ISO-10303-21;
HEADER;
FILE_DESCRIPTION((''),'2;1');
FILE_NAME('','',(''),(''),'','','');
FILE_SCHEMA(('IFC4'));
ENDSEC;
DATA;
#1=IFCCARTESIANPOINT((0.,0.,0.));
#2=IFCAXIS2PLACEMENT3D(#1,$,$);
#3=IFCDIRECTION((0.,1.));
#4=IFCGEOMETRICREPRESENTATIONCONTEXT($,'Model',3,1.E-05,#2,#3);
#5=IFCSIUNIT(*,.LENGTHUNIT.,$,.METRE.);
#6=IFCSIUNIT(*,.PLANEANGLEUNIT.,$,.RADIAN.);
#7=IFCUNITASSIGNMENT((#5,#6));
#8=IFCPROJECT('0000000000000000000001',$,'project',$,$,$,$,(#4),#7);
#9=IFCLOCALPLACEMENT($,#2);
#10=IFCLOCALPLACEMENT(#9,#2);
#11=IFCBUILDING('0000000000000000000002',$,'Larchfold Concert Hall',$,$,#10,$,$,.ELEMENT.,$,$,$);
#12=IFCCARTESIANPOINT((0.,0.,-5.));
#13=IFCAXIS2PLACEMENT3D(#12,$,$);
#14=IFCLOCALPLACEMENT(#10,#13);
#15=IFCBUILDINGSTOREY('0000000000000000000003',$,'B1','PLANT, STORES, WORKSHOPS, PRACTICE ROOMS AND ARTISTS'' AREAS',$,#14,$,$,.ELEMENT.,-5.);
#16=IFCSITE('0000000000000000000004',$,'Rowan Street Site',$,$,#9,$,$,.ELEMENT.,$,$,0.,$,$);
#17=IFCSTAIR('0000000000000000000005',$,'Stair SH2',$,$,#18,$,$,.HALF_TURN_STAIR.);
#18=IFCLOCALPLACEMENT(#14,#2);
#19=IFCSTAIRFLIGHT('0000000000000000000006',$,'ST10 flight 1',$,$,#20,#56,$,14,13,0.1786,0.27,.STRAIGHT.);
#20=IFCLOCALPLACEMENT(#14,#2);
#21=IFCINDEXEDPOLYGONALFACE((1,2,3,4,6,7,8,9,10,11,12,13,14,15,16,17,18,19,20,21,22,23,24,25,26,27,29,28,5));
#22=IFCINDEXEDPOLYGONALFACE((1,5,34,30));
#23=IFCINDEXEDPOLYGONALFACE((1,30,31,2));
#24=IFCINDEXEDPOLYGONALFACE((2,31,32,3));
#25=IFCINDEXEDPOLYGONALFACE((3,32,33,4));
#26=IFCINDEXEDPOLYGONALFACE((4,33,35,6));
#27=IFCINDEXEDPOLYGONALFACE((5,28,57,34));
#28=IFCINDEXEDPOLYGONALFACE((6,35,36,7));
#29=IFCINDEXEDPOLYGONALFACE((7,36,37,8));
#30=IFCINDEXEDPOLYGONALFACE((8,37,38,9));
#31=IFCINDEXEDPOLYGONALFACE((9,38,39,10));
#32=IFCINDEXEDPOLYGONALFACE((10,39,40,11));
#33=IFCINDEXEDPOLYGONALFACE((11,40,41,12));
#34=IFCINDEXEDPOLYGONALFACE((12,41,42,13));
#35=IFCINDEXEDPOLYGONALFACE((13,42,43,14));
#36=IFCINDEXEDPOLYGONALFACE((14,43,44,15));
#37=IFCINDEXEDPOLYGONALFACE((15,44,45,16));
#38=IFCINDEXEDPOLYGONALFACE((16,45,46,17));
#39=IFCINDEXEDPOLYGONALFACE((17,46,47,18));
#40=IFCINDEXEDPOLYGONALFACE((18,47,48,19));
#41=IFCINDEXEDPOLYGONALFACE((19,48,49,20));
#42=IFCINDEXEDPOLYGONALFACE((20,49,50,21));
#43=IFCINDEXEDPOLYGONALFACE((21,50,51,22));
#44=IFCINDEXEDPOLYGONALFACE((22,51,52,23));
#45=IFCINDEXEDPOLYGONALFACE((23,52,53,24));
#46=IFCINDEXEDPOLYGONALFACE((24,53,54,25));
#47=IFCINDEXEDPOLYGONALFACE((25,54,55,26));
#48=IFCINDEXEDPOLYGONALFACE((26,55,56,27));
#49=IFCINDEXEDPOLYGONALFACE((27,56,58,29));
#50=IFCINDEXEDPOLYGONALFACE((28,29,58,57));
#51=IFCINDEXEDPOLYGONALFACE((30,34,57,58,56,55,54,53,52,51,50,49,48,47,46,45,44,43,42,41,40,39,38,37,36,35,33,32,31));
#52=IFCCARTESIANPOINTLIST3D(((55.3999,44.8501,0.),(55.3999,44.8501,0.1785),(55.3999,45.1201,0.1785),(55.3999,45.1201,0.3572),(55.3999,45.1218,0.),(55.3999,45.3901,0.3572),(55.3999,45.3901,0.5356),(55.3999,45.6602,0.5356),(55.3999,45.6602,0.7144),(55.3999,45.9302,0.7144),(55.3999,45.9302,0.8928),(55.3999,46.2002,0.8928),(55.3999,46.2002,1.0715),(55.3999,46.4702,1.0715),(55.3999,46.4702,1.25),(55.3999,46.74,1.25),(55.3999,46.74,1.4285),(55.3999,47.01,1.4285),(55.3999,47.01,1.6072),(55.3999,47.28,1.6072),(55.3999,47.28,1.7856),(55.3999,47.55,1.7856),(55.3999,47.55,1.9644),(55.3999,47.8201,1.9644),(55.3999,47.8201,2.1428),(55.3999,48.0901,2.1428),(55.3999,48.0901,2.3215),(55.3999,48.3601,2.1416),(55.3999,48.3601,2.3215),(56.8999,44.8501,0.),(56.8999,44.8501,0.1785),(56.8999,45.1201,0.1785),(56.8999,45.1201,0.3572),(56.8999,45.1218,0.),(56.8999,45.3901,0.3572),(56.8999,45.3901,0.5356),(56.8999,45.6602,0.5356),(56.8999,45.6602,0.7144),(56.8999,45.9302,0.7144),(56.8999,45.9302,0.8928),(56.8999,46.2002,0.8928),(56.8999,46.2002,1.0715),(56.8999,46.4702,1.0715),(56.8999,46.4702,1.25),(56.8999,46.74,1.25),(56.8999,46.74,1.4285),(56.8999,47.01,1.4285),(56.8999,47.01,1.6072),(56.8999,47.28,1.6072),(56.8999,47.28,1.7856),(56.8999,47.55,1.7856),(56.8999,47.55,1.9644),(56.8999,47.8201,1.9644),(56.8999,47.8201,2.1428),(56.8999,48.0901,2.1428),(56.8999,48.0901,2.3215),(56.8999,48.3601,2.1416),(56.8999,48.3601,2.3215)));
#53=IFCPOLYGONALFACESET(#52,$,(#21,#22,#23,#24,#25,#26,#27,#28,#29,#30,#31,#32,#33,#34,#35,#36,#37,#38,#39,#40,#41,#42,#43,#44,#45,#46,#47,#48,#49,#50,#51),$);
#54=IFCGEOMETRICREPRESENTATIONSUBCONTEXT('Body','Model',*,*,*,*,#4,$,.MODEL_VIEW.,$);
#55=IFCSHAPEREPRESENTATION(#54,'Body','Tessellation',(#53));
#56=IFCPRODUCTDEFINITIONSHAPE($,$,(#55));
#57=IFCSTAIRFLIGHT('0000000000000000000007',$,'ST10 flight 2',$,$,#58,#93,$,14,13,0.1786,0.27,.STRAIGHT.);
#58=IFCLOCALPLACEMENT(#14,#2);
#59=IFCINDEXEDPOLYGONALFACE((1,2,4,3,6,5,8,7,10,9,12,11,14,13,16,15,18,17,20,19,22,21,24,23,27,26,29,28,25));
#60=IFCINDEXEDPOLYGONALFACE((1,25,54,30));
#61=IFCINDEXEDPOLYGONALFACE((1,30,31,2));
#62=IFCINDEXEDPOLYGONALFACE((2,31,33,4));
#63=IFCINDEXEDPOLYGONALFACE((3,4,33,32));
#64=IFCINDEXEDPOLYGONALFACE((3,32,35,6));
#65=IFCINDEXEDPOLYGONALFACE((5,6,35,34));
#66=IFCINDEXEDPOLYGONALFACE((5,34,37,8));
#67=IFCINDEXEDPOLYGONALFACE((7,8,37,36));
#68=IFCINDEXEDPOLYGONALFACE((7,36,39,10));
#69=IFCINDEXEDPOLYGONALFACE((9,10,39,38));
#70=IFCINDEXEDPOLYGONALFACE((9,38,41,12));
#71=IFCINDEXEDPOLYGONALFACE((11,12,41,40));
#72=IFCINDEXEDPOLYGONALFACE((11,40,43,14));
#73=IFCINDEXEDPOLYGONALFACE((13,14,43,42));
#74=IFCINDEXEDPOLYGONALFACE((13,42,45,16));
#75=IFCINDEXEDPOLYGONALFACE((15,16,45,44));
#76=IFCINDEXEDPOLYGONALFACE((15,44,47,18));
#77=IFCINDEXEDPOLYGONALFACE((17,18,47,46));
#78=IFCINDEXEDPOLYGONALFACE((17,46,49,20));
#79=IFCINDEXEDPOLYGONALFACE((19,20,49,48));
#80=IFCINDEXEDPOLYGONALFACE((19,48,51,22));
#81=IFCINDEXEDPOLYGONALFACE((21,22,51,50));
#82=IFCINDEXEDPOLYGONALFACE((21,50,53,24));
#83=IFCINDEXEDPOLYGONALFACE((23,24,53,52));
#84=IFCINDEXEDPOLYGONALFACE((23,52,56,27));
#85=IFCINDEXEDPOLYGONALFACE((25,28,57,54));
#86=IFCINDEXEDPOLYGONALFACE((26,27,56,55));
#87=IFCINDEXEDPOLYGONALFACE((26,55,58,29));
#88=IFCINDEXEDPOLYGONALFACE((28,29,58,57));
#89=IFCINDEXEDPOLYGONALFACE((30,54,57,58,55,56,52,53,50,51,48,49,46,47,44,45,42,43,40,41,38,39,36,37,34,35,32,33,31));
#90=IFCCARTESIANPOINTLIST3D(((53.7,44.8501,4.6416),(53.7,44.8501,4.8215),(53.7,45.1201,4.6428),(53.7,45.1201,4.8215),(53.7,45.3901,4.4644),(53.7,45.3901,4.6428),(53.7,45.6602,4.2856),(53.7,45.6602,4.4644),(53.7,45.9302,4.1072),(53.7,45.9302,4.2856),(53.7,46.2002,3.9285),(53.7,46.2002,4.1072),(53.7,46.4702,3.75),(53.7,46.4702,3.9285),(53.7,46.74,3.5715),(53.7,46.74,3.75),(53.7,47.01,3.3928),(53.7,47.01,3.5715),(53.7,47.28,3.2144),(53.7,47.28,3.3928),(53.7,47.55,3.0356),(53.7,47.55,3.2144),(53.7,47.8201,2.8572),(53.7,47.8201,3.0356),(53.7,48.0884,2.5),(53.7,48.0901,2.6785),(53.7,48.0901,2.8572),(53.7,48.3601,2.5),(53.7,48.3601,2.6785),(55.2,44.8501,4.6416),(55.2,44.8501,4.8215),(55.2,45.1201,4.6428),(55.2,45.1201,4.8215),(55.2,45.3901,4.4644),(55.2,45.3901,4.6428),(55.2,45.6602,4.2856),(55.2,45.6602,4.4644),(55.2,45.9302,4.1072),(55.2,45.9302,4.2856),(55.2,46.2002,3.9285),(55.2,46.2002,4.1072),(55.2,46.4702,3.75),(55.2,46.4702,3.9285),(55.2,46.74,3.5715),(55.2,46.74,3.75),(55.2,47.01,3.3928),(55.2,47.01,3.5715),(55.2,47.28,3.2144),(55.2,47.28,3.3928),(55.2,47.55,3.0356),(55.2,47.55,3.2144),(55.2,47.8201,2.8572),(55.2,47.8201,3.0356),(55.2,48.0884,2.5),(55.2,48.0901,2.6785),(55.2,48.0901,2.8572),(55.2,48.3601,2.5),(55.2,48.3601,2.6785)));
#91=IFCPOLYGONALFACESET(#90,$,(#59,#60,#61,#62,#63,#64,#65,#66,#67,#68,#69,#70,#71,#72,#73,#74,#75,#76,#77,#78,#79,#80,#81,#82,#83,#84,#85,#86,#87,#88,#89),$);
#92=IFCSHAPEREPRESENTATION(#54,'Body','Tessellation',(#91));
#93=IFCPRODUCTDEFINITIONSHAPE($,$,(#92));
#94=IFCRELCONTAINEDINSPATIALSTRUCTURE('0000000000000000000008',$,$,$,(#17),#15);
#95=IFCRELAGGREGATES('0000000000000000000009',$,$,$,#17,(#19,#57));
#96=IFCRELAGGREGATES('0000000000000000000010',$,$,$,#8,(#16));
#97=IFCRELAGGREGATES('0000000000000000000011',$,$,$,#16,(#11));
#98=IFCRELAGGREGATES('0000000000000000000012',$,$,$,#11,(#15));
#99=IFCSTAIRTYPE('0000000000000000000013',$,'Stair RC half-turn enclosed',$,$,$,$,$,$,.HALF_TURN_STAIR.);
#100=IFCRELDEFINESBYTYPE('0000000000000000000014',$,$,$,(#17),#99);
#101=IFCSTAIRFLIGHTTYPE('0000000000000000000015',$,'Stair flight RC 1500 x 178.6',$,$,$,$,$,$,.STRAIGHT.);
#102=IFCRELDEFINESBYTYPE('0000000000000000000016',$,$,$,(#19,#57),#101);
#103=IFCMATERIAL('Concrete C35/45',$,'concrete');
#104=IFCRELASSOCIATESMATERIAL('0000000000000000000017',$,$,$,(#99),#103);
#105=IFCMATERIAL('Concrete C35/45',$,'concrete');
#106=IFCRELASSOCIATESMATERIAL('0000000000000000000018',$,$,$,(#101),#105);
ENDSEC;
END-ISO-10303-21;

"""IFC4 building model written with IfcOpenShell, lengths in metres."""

from ifc_helpers import new_model, si_unit, direction, frame, origin, place, context, subcontext, project, spatial, polyline, outline, extrude, material, type_object, element, aggregate, save


model = new_model("IFC4")

# Units and contexts
model_context = context("Model", 3, precision=1e-05, world=origin(), true_north=direction((0.0, 1.0)))
body_context = subcontext(model_context, "Body", "Model", "MODEL_VIEW")
ifc_project = project(units=[si_unit("LENGTHUNIT", "METRE"), si_unit("PLANEANGLEUNIT", "RADIAN")], contexts=[model_context])

# Site, building, storey
site_placement = place(None, origin())
site = spatial("IfcSite", under=ifc_project, at=site_placement, Name="Rowan Street Site", CompositionType="ELEMENT", RefElevation=0.0)
building_placement = place(site_placement, origin())
building = spatial("IfcBuilding", under=site, at=building_placement, Name="Larchfold Concert Hall", CompositionType="ELEMENT")
storey_placement = place(building_placement, frame((0.0, 0.0, -5.0)))
storey = spatial("IfcBuildingStorey", under=building, at=storey_placement, Name="B1", Description="PLANT, STORES, WORKSHOPS, PRACTICE ROOMS AND ARTISTS' AREAS", CompositionType="ELEMENT", Elevation=-5.0)

# Stair, stair flights
ifc_material_1 = material(Name="Concrete C35/45", Category="concrete")
stair_type = type_object("IfcStairType", Name="Stair RC half-turn enclosed", PredefinedType="HALF_TURN_STAIR", material=ifc_material_1)
stair_placement = place(storey_placement, origin())
stair = element("IfcStair", 1, at=stair_placement, inside=storey, type_object=stair_type, Name="Stair SH2", PredefinedType="HALF_TURN_STAIR")
ifc_material_2 = material(Name="Concrete C35/45", Category="concrete")
stair_flight_type = type_object("IfcStairFlightType", Name="Stair flight RC 1500 x 178.6", PredefinedType="STRAIGHT", material=ifc_material_2)
stair_flight_1_placement = place(storey_placement, frame((56.1499, 44.8501, 0.0), z_axis=(0.0, 0.0, 1.0), x_axis=(0.0, 1.0, 0.0)))
stair_flight_1 = element("IfcStairFlight", 2, at=stair_flight_1_placement, type_object=stair_flight_type, Name="ST10 flight 1", NumberOfRisers=14, NumberOfTreads=13, PredefinedType="STRAIGHT", RiserHeight=0.1786, TreadLength=0.27, context=body_context, shape_type="SweptSolid", body=[
    extrude(outline(polyline([(0.0, 0.0), (0.0, 0.1785), (0.27, 0.1785), (0.27, 0.3572), (0.54, 0.3572), (0.54, 0.5356), (0.8101, 0.5356), (0.8101, 0.7144), (1.0801, 0.7144), (1.0801, 0.8928), (1.3501, 0.8928), (1.3501, 1.0715), (1.6201, 1.0715), (1.6201, 1.25), (1.8899, 1.25), (1.8899, 1.4285), (2.1599, 1.4285), (2.1599, 1.6072), (2.4299, 1.6072), (2.4299, 1.7856), (2.7, 1.7856), (2.7, 1.9644), (2.97, 1.9644), (2.97, 2.1428), (3.24, 2.1428), (3.24, 2.3215), (3.51, 2.3215), (3.51, 2.5), (3.51, 2.1416), (0.2717, 0.0), (0.0, 0.0)])), frame((0.0, 0.75, 0.0), z_axis=(0.0, -1.0, 0.0), x_axis=(1.0, 0.0, 0.0)), (0.0, 0.0, 1.0), 1.5),
])
stair_flight_2_placement = place(storey_placement, frame((54.45, 48.3601, 2.5), z_axis=(0.0, 0.0, 1.0), x_axis=(0.0, -1.0, 0.0)))
stair_flight_2 = element("IfcStairFlight", 3, at=stair_flight_2_placement, type_object=stair_flight_type, Name="ST10 flight 2", NumberOfRisers=14, NumberOfTreads=13, PredefinedType="STRAIGHT", RiserHeight=0.1786, TreadLength=0.27, context=body_context, shape_type="SweptSolid", body=[
    extrude(outline(polyline([(0.0, 0.0), (0.0, 0.1785), (0.27, 0.1785), (0.27, 0.3572), (0.54, 0.3572), (0.54, 0.5356), (0.8101, 0.5356), (0.8101, 0.7144), (1.0801, 0.7144), (1.0801, 0.8928), (1.3501, 0.8928), (1.3501, 1.0715), (1.6201, 1.0715), (1.6201, 1.25), (1.8899, 1.25), (1.8899, 1.4285), (2.1599, 1.4285), (2.1599, 1.6072), (2.4299, 1.6072), (2.4299, 1.7856), (2.7, 1.7856), (2.7, 1.9644), (2.97, 1.9644), (2.97, 2.1428), (3.24, 2.1428), (3.24, 2.3215), (3.51, 2.3215), (3.51, 2.5), (3.51, 2.1416), (0.2717, 0.0), (0.0, 0.0)])), frame((0.0, 0.75, 0.0), z_axis=(0.0, -1.0, 0.0), x_axis=(1.0, 0.0, 0.0)), (0.0, 0.0, 1.0), 1.5),
])
aggregate(stair, [stair_flight_1, stair_flight_2])

save(model, "model.ifc")
